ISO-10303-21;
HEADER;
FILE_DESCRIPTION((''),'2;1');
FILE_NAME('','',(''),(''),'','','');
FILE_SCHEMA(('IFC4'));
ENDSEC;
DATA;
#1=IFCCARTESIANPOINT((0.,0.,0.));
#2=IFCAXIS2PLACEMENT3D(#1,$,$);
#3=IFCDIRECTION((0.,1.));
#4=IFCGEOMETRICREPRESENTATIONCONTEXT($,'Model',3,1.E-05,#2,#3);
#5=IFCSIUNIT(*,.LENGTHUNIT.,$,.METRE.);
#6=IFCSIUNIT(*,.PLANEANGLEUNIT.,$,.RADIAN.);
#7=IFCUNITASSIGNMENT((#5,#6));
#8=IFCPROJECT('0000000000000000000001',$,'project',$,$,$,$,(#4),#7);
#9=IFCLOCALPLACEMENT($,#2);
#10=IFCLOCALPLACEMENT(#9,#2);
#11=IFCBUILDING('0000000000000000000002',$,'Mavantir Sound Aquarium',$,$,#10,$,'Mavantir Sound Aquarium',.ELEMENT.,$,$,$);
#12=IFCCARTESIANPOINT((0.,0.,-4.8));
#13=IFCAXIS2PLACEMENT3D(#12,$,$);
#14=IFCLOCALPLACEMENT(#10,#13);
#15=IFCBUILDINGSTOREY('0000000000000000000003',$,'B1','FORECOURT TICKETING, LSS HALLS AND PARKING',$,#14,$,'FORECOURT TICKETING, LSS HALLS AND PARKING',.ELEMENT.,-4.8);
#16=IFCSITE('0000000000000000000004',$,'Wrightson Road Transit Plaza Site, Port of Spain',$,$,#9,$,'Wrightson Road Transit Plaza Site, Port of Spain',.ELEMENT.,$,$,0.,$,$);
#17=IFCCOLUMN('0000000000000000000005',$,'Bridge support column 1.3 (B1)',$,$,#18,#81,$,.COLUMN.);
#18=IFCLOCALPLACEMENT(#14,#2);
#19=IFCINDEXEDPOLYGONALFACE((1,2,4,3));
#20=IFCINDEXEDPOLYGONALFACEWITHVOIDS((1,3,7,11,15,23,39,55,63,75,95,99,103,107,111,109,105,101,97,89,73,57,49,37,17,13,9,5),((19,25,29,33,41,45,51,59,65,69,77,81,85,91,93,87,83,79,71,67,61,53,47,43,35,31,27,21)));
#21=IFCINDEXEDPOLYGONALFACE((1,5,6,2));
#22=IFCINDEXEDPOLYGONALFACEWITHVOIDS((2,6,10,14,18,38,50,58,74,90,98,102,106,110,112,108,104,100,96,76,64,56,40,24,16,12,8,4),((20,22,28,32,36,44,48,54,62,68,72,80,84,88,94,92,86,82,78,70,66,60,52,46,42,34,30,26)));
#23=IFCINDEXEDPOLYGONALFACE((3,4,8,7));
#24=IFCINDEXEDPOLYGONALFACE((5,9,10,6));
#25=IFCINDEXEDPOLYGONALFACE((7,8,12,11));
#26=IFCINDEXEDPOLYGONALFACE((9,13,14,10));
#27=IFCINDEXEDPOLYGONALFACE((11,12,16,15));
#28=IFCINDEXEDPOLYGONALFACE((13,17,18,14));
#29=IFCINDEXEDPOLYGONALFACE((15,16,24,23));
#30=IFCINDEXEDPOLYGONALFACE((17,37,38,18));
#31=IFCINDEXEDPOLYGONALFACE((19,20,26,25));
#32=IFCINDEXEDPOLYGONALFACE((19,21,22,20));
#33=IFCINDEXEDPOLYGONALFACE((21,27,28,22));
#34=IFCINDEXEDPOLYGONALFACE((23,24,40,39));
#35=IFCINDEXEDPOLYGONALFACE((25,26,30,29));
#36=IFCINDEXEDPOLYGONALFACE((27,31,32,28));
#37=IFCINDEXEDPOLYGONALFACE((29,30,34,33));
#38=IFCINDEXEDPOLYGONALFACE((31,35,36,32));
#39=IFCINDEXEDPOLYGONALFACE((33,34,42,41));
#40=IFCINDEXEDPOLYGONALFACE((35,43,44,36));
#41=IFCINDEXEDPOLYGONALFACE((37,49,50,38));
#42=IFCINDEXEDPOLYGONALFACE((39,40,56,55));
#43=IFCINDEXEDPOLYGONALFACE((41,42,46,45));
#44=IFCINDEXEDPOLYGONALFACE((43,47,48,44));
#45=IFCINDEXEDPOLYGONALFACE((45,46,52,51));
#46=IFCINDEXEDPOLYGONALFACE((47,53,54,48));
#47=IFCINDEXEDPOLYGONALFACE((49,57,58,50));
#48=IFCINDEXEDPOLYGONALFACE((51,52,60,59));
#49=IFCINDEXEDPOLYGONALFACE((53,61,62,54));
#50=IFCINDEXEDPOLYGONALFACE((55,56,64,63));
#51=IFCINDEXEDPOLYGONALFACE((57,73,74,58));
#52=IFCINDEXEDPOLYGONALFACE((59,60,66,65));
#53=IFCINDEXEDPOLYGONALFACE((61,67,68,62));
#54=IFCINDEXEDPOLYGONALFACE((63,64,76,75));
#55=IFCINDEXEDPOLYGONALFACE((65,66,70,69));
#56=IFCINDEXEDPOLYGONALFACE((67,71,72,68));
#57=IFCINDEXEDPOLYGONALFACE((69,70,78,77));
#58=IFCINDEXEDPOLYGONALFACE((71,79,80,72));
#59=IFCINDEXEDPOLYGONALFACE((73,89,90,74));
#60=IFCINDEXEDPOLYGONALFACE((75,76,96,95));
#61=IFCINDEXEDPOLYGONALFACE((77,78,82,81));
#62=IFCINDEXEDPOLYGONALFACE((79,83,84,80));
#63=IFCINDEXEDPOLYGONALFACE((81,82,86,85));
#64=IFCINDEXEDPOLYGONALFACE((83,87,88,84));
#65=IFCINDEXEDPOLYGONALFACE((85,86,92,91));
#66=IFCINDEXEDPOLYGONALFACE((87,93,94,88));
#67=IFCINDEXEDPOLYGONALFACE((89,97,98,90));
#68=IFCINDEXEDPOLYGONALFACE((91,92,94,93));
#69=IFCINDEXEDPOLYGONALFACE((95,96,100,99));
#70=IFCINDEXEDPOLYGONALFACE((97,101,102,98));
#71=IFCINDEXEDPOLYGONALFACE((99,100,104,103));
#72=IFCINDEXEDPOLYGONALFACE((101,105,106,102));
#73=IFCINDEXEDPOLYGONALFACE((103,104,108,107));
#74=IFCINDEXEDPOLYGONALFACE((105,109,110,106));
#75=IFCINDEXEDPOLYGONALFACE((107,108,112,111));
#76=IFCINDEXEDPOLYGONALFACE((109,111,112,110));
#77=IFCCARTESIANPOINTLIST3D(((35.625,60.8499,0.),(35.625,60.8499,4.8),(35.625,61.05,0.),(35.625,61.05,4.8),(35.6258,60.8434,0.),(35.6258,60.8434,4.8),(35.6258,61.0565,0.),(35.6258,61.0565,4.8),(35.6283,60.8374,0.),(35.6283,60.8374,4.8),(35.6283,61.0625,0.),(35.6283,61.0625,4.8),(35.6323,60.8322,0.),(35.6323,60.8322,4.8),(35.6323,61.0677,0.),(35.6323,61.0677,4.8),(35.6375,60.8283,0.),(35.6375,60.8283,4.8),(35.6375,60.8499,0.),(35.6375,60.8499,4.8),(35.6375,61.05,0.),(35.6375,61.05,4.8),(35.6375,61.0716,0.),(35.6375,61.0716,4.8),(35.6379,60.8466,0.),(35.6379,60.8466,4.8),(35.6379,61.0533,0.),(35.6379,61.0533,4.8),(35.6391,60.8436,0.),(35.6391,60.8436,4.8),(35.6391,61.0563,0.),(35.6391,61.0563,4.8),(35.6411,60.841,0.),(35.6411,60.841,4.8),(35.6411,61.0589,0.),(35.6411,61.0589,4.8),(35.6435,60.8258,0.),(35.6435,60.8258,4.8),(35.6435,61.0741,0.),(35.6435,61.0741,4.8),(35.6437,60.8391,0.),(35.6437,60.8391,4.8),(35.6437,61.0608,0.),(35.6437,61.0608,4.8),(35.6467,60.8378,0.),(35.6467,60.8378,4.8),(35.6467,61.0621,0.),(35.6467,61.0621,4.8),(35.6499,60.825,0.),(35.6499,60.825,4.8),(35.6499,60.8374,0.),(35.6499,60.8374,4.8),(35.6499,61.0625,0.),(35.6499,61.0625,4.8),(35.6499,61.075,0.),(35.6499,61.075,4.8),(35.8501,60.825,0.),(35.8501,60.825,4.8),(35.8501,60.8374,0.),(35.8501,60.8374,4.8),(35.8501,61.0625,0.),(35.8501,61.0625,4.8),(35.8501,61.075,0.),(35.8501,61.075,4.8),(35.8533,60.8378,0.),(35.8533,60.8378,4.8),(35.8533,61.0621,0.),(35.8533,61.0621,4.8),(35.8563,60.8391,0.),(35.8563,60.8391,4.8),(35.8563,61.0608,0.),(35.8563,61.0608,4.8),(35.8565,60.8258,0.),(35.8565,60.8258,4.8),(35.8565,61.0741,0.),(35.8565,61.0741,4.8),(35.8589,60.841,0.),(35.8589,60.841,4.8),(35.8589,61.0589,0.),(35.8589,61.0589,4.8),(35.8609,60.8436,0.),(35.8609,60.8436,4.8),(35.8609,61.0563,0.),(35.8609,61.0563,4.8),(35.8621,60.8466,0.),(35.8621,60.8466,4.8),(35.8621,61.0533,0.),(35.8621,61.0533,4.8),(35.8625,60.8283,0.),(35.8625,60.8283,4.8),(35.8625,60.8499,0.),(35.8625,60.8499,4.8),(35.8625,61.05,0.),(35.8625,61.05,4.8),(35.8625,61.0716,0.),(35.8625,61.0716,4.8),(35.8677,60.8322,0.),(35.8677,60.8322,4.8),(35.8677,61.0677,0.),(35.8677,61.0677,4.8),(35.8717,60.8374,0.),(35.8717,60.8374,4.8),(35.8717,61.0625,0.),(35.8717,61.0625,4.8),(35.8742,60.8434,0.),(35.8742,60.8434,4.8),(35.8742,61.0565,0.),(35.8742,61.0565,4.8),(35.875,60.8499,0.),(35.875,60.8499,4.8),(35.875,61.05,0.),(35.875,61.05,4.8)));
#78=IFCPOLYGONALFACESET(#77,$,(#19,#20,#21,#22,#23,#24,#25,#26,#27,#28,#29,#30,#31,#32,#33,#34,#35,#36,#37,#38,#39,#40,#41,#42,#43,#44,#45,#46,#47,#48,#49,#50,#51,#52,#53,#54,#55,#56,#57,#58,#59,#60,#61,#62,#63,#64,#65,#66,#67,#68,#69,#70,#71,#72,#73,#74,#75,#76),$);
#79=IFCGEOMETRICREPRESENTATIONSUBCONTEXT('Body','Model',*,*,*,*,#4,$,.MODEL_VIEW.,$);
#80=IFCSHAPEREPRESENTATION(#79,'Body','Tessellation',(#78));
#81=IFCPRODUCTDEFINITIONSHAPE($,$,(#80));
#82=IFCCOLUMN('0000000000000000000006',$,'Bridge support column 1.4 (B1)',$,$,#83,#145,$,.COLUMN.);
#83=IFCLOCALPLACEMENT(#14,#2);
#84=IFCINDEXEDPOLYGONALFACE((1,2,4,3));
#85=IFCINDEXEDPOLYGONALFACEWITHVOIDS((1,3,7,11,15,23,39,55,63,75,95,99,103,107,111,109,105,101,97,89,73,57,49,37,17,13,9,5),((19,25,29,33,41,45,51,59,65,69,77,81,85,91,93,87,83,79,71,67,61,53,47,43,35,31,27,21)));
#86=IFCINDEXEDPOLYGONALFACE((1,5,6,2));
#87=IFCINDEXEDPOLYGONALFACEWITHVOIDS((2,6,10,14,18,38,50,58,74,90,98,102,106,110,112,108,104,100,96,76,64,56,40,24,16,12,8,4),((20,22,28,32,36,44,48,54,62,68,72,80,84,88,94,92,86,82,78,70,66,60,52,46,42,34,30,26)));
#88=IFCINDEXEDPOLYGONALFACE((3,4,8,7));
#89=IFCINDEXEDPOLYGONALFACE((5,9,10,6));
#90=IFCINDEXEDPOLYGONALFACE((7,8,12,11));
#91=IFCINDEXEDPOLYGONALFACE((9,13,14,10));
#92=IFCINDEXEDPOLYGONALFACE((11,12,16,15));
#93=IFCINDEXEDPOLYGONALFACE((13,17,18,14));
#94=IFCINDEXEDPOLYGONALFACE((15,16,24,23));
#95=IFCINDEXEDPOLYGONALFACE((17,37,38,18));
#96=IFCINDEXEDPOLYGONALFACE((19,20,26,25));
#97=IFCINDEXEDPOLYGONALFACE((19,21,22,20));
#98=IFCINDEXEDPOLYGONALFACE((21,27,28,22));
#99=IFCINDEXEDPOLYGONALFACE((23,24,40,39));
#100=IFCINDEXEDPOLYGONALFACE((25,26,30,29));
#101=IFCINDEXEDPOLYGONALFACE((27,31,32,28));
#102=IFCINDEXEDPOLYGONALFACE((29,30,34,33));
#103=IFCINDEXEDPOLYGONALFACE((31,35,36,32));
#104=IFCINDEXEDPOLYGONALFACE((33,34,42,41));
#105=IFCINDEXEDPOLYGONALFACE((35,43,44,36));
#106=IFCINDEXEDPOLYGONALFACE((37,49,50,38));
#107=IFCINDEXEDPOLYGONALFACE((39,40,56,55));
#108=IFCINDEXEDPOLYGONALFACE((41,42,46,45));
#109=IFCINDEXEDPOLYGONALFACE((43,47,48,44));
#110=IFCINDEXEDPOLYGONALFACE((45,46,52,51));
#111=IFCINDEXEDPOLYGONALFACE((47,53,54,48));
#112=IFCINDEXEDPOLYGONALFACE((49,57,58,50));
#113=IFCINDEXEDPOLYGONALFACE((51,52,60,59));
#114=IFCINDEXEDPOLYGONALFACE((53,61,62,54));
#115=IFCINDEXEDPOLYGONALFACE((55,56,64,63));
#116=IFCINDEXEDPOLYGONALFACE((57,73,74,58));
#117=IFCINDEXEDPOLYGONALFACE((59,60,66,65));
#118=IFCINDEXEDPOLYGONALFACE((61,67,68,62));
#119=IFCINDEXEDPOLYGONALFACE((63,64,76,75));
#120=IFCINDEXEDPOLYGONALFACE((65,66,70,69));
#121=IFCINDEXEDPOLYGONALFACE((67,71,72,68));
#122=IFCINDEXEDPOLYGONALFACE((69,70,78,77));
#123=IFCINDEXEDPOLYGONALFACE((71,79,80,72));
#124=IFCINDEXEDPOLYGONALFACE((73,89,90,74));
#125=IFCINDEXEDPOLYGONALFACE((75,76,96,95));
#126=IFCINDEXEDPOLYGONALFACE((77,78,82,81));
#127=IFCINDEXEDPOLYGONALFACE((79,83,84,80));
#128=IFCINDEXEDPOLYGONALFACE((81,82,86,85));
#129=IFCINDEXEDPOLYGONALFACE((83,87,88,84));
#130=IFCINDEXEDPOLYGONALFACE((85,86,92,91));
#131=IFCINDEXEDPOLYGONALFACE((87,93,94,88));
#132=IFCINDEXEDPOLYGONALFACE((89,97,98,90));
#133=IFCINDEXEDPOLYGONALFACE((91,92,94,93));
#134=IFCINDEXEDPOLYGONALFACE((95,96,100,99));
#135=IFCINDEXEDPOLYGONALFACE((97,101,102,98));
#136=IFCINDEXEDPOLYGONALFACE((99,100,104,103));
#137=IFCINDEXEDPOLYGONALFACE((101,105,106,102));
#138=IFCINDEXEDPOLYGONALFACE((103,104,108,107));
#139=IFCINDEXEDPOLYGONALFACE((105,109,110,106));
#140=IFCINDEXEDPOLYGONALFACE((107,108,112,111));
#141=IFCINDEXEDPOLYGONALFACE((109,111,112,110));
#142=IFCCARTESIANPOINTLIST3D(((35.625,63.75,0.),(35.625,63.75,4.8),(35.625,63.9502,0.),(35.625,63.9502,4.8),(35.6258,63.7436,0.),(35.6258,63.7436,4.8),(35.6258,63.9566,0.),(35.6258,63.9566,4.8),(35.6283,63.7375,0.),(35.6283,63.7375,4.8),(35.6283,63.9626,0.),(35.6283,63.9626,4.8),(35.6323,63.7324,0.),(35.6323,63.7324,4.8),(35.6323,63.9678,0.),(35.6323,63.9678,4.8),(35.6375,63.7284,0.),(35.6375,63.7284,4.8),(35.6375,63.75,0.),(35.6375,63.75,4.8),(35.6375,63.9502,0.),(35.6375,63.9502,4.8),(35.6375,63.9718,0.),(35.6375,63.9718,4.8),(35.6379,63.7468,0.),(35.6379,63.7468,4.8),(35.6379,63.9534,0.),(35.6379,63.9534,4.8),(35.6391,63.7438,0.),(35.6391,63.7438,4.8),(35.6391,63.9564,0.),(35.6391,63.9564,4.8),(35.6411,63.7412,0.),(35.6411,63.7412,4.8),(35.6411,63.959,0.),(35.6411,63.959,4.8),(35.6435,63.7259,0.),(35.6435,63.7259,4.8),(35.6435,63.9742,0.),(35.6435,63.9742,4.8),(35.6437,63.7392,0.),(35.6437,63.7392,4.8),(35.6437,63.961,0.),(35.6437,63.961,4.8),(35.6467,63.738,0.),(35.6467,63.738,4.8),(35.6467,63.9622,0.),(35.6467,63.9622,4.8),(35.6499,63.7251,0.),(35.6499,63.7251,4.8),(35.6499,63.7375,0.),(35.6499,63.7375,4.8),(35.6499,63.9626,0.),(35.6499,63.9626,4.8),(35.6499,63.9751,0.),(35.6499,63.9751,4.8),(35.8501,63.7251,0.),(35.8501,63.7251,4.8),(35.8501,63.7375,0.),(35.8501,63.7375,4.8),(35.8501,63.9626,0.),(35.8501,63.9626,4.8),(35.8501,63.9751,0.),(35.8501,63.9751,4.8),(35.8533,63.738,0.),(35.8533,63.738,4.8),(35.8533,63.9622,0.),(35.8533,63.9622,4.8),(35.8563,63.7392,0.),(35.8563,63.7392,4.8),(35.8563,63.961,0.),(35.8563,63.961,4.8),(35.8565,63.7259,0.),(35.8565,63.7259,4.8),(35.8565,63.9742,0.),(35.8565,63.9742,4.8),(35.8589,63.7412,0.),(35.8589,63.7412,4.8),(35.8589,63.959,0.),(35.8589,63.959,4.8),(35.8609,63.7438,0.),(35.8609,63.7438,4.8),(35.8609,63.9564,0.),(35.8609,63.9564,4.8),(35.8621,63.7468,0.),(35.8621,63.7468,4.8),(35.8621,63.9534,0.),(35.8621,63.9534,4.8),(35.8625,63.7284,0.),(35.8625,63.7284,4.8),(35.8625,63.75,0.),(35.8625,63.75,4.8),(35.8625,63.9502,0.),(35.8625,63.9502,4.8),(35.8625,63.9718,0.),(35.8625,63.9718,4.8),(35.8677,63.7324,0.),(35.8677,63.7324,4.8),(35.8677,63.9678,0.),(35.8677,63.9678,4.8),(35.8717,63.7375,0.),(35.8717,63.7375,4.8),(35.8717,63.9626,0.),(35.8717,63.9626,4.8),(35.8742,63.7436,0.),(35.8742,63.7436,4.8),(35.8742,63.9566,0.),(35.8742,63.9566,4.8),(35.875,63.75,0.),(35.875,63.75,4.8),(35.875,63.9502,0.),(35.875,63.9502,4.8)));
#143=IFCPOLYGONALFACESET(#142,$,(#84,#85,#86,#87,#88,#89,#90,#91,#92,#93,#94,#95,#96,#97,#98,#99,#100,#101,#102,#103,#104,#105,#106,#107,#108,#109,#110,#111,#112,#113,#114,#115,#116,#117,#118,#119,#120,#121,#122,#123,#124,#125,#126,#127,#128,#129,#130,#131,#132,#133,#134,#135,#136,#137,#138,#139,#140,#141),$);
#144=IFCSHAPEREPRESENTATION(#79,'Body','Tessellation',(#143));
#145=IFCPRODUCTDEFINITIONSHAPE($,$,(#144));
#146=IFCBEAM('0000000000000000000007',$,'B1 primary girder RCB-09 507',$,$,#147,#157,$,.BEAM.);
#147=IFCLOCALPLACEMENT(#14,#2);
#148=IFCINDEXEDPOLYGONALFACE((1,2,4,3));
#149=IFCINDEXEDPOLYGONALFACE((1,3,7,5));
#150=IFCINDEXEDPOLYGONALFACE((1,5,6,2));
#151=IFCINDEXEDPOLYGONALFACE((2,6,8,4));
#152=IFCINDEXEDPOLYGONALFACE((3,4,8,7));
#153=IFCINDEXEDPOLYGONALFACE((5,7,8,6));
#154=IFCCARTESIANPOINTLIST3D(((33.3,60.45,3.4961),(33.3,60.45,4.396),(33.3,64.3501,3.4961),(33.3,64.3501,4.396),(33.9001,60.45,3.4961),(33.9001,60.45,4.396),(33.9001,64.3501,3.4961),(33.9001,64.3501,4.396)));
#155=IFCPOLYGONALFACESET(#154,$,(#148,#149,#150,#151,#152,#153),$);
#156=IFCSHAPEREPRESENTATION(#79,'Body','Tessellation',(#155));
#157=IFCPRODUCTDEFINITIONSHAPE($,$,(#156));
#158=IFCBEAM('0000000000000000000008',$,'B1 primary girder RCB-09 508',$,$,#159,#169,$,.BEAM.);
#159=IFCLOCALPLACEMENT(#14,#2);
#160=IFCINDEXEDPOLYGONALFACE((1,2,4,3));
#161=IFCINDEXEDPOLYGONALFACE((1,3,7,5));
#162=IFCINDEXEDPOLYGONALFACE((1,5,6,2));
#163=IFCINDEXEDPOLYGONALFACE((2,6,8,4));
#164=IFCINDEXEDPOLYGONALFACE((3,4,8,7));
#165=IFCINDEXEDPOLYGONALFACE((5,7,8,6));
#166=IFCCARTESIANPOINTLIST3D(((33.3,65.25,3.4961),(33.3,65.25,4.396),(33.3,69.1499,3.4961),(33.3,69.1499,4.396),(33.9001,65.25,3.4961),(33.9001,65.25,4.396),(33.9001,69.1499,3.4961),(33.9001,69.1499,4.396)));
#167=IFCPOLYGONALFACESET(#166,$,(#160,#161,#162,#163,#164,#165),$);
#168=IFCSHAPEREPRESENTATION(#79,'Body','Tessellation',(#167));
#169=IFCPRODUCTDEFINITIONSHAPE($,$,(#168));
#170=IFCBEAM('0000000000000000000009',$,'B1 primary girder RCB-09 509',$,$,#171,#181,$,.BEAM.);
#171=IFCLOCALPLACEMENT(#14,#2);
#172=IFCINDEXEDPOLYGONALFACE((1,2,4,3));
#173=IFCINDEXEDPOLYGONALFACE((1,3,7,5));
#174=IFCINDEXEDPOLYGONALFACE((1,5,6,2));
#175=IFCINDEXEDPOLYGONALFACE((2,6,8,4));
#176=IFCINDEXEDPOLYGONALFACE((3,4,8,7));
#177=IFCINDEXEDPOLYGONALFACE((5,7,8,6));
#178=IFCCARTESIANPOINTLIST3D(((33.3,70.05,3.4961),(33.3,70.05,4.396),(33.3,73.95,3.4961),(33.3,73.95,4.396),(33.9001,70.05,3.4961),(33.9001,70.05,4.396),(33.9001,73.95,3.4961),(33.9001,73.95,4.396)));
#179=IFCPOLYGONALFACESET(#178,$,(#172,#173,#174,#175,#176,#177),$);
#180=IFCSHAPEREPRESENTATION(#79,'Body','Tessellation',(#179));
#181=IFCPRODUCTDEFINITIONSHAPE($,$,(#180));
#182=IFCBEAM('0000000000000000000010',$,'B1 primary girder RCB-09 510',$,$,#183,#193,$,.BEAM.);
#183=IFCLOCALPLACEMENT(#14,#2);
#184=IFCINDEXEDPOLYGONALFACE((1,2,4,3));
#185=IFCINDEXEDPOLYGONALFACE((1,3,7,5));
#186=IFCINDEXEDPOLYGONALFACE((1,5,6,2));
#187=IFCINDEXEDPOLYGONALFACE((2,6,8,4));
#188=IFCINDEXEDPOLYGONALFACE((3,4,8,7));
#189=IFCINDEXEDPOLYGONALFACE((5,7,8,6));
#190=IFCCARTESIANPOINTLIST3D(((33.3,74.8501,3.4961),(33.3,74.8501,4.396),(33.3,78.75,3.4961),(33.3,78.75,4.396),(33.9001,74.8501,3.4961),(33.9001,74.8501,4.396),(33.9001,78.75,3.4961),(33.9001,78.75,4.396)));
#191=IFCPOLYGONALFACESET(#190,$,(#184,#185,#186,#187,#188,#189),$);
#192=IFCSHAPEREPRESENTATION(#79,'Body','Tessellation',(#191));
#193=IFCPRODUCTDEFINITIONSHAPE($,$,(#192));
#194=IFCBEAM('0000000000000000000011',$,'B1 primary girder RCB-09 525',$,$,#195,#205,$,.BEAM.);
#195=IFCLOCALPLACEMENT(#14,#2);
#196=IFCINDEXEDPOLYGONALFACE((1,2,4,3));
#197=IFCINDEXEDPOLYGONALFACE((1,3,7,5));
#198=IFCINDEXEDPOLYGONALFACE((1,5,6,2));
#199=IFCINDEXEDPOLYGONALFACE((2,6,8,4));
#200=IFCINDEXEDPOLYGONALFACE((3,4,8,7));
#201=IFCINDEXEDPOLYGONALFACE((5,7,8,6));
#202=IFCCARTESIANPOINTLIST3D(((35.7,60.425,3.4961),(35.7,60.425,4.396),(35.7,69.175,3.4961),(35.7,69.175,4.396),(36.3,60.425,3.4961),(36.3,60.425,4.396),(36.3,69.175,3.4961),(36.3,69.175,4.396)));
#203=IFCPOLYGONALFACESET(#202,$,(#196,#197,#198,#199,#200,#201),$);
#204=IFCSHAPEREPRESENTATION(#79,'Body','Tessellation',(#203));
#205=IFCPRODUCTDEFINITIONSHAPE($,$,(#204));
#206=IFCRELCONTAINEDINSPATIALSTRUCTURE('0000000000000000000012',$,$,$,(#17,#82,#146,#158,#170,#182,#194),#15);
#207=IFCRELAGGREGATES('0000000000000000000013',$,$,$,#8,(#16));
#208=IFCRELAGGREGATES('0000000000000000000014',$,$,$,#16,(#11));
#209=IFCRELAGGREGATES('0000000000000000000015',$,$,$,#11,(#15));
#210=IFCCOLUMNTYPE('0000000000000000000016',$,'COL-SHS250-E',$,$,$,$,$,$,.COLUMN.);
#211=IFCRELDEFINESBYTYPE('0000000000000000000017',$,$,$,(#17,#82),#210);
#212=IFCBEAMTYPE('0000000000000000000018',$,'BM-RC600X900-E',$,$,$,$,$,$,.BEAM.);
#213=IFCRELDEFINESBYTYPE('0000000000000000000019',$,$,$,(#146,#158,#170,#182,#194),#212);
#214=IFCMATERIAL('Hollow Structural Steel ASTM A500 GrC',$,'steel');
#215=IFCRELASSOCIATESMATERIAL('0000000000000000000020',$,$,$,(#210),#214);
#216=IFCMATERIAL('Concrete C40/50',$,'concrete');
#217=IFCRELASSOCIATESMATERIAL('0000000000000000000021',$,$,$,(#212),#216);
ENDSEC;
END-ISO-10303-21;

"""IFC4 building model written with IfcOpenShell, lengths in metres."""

from ifc_helpers import new_model, si_unit, direction, frame, origin, origin_2d, place, context, subcontext, project, spatial, rectangle, hollow_rectangle, extrude, material, material_profile, profile_set, type_object, element, save


model = new_model("IFC4")

# Units and contexts
model_context = context("Model", 3, precision=1e-05, world=origin(), true_north=direction((0.0, 1.0)))
body_context = subcontext(model_context, "Body", "Model", "MODEL_VIEW")
ifc_project = project(units=[si_unit("LENGTHUNIT", "METRE"), si_unit("PLANEANGLEUNIT", "RADIAN")], contexts=[model_context])

# Site, building, storey
site_placement = place(None, origin())
site = spatial("IfcSite", under=ifc_project, at=site_placement, Name="Wrightson Road Transit Plaza Site, Port of Spain", LongName="Wrightson Road Transit Plaza Site, Port of Spain", CompositionType="ELEMENT", RefElevation=0.0)
building_placement = place(site_placement, origin())
building = spatial("IfcBuilding", under=site, at=building_placement, Name="Mavantir Sound Aquarium", LongName="Mavantir Sound Aquarium", CompositionType="ELEMENT")
storey_placement = place(building_placement, frame((0.0, 0.0, -4.8)))
storey = spatial("IfcBuildingStorey", under=building, at=storey_placement, Name="B1", Description="FORECOURT TICKETING, LSS HALLS AND PARKING", LongName="FORECOURT TICKETING, LSS HALLS AND PARKING", CompositionType="ELEMENT", Elevation=-4.8)

# Columns
ifc_material_1 = material(Name="Concrete C40/50", Category="concrete")
ifc_material_2 = material(Name="Hollow Structural Steel ASTM A500 GrC", Category="steel")
ifc_material_profile_1 = material_profile(ifc_material_2, hollow_rectangle(XDim=0.25, YDim=0.25, WallThickness=0.0125, InnerFilletRadius=0.0125, OuterFilletRadius=0.0249, at=origin_2d()), Name="SHS 250X250X12.5")
ifc_profile_set_1 = profile_set([ifc_material_profile_1], Name="Hollow Structural Steel ASTM A500 GrC")
column_type_1 = type_object("IfcColumnType", Name="COL-SHS250-E", PredefinedType="COLUMN", material=ifc_profile_set_1)
for number, where, z_axis, x_axis, name in (
    (1, (35.75, 60.95, 0.0), (0.0, 0.0, 1.0), (1.0, 0.0, 0.0), "Bridge support column 1.3 (B1)"),
    (2, (35.75, 63.8501, 0.0), (0.0, 0.0, 1.0), (1.0, 0.0, 0.0), "Bridge support column 1.4 (B1)"),
):
    element("IfcColumn", number, at=place(storey_placement, frame(where, z_axis=z_axis, x_axis=x_axis)), inside=storey, type_object=column_type_1, Name=name, PredefinedType="COLUMN", context=body_context, shape_type="SweptSolid", body=[
        extrude(hollow_rectangle(XDim=0.25, YDim=0.25, WallThickness=0.0125, InnerFilletRadius=0.0125, OuterFilletRadius=0.0249, at=origin_2d()), origin(), (0.0, 0.0, 1.0), 4.8),
    ])

# Beams
ifc_material_profile_2 = material_profile(ifc_material_1, rectangle(XDim=0.6001, YDim=0.8999, at=origin_2d()), Name="RC 600X900")
ifc_profile_set_2 = profile_set([ifc_material_profile_2], Name="Concrete C40/50")
beam_type_1 = type_object("IfcBeamType", Name="BM-RC600X900-E", PredefinedType="BEAM", material=ifc_profile_set_2)
beam_1_placement = place(storey_placement, frame((33.6001, 60.45, 3.946), z_axis=(0.0, 1.0, 0.0), x_axis=(-1.0, 0.0, 0.0)))
element("IfcBeam", 3, at=beam_1_placement, inside=storey, type_object=beam_type_1, Name="B1 primary girder RCB-09 507", PredefinedType="BEAM", context=body_context, shape_type="SweptSolid", body=[
    extrude(rectangle(XDim=0.6001, YDim=0.8999, at=origin_2d()), origin(), (0.0, 0.0, 1.0), 3.9001),
])
for number, where, z_axis, x_axis, name in (
    (4, (33.6001, 65.25, 3.946), (0.0, 1.0, 0.0), (-1.0, 0.0, 0.0), "B1 primary girder RCB-09 508"),
    (5, (33.6001, 70.05, 3.946), (0.0, 1.0, 0.0), (-1.0, 0.0, 0.0), "B1 primary girder RCB-09 509"),
    (6, (33.6001, 74.8501, 3.946), (0.0, 1.0, 0.0), (-1.0, 0.0, 0.0), "B1 primary girder RCB-09 510"),
):
    element("IfcBeam", number, at=place(storey_placement, frame(where, z_axis=z_axis, x_axis=x_axis)), inside=storey, type_object=beam_type_1, Name=name, PredefinedType="BEAM", context=body_context, shape_type="SweptSolid", body=[
        extrude(rectangle(XDim=0.6001, YDim=0.8999, at=origin_2d()), origin(), (0.0, 0.0, 1.0), 3.8999),
    ])
beam_2_placement = place(storey_placement, frame((36.0, 60.425, 3.946), z_axis=(0.0, 1.0, 0.0), x_axis=(-1.0, 0.0, 0.0)))
element("IfcBeam", 7, at=beam_2_placement, inside=storey, type_object=beam_type_1, Name="B1 primary girder RCB-09 525", PredefinedType="BEAM", context=body_context, shape_type="SweptSolid", body=[
    extrude(rectangle(XDim=0.6001, YDim=0.8999, at=origin_2d()), origin(), (0.0, 0.0, 1.0), 8.75),
])

save(model, "model.ifc")
